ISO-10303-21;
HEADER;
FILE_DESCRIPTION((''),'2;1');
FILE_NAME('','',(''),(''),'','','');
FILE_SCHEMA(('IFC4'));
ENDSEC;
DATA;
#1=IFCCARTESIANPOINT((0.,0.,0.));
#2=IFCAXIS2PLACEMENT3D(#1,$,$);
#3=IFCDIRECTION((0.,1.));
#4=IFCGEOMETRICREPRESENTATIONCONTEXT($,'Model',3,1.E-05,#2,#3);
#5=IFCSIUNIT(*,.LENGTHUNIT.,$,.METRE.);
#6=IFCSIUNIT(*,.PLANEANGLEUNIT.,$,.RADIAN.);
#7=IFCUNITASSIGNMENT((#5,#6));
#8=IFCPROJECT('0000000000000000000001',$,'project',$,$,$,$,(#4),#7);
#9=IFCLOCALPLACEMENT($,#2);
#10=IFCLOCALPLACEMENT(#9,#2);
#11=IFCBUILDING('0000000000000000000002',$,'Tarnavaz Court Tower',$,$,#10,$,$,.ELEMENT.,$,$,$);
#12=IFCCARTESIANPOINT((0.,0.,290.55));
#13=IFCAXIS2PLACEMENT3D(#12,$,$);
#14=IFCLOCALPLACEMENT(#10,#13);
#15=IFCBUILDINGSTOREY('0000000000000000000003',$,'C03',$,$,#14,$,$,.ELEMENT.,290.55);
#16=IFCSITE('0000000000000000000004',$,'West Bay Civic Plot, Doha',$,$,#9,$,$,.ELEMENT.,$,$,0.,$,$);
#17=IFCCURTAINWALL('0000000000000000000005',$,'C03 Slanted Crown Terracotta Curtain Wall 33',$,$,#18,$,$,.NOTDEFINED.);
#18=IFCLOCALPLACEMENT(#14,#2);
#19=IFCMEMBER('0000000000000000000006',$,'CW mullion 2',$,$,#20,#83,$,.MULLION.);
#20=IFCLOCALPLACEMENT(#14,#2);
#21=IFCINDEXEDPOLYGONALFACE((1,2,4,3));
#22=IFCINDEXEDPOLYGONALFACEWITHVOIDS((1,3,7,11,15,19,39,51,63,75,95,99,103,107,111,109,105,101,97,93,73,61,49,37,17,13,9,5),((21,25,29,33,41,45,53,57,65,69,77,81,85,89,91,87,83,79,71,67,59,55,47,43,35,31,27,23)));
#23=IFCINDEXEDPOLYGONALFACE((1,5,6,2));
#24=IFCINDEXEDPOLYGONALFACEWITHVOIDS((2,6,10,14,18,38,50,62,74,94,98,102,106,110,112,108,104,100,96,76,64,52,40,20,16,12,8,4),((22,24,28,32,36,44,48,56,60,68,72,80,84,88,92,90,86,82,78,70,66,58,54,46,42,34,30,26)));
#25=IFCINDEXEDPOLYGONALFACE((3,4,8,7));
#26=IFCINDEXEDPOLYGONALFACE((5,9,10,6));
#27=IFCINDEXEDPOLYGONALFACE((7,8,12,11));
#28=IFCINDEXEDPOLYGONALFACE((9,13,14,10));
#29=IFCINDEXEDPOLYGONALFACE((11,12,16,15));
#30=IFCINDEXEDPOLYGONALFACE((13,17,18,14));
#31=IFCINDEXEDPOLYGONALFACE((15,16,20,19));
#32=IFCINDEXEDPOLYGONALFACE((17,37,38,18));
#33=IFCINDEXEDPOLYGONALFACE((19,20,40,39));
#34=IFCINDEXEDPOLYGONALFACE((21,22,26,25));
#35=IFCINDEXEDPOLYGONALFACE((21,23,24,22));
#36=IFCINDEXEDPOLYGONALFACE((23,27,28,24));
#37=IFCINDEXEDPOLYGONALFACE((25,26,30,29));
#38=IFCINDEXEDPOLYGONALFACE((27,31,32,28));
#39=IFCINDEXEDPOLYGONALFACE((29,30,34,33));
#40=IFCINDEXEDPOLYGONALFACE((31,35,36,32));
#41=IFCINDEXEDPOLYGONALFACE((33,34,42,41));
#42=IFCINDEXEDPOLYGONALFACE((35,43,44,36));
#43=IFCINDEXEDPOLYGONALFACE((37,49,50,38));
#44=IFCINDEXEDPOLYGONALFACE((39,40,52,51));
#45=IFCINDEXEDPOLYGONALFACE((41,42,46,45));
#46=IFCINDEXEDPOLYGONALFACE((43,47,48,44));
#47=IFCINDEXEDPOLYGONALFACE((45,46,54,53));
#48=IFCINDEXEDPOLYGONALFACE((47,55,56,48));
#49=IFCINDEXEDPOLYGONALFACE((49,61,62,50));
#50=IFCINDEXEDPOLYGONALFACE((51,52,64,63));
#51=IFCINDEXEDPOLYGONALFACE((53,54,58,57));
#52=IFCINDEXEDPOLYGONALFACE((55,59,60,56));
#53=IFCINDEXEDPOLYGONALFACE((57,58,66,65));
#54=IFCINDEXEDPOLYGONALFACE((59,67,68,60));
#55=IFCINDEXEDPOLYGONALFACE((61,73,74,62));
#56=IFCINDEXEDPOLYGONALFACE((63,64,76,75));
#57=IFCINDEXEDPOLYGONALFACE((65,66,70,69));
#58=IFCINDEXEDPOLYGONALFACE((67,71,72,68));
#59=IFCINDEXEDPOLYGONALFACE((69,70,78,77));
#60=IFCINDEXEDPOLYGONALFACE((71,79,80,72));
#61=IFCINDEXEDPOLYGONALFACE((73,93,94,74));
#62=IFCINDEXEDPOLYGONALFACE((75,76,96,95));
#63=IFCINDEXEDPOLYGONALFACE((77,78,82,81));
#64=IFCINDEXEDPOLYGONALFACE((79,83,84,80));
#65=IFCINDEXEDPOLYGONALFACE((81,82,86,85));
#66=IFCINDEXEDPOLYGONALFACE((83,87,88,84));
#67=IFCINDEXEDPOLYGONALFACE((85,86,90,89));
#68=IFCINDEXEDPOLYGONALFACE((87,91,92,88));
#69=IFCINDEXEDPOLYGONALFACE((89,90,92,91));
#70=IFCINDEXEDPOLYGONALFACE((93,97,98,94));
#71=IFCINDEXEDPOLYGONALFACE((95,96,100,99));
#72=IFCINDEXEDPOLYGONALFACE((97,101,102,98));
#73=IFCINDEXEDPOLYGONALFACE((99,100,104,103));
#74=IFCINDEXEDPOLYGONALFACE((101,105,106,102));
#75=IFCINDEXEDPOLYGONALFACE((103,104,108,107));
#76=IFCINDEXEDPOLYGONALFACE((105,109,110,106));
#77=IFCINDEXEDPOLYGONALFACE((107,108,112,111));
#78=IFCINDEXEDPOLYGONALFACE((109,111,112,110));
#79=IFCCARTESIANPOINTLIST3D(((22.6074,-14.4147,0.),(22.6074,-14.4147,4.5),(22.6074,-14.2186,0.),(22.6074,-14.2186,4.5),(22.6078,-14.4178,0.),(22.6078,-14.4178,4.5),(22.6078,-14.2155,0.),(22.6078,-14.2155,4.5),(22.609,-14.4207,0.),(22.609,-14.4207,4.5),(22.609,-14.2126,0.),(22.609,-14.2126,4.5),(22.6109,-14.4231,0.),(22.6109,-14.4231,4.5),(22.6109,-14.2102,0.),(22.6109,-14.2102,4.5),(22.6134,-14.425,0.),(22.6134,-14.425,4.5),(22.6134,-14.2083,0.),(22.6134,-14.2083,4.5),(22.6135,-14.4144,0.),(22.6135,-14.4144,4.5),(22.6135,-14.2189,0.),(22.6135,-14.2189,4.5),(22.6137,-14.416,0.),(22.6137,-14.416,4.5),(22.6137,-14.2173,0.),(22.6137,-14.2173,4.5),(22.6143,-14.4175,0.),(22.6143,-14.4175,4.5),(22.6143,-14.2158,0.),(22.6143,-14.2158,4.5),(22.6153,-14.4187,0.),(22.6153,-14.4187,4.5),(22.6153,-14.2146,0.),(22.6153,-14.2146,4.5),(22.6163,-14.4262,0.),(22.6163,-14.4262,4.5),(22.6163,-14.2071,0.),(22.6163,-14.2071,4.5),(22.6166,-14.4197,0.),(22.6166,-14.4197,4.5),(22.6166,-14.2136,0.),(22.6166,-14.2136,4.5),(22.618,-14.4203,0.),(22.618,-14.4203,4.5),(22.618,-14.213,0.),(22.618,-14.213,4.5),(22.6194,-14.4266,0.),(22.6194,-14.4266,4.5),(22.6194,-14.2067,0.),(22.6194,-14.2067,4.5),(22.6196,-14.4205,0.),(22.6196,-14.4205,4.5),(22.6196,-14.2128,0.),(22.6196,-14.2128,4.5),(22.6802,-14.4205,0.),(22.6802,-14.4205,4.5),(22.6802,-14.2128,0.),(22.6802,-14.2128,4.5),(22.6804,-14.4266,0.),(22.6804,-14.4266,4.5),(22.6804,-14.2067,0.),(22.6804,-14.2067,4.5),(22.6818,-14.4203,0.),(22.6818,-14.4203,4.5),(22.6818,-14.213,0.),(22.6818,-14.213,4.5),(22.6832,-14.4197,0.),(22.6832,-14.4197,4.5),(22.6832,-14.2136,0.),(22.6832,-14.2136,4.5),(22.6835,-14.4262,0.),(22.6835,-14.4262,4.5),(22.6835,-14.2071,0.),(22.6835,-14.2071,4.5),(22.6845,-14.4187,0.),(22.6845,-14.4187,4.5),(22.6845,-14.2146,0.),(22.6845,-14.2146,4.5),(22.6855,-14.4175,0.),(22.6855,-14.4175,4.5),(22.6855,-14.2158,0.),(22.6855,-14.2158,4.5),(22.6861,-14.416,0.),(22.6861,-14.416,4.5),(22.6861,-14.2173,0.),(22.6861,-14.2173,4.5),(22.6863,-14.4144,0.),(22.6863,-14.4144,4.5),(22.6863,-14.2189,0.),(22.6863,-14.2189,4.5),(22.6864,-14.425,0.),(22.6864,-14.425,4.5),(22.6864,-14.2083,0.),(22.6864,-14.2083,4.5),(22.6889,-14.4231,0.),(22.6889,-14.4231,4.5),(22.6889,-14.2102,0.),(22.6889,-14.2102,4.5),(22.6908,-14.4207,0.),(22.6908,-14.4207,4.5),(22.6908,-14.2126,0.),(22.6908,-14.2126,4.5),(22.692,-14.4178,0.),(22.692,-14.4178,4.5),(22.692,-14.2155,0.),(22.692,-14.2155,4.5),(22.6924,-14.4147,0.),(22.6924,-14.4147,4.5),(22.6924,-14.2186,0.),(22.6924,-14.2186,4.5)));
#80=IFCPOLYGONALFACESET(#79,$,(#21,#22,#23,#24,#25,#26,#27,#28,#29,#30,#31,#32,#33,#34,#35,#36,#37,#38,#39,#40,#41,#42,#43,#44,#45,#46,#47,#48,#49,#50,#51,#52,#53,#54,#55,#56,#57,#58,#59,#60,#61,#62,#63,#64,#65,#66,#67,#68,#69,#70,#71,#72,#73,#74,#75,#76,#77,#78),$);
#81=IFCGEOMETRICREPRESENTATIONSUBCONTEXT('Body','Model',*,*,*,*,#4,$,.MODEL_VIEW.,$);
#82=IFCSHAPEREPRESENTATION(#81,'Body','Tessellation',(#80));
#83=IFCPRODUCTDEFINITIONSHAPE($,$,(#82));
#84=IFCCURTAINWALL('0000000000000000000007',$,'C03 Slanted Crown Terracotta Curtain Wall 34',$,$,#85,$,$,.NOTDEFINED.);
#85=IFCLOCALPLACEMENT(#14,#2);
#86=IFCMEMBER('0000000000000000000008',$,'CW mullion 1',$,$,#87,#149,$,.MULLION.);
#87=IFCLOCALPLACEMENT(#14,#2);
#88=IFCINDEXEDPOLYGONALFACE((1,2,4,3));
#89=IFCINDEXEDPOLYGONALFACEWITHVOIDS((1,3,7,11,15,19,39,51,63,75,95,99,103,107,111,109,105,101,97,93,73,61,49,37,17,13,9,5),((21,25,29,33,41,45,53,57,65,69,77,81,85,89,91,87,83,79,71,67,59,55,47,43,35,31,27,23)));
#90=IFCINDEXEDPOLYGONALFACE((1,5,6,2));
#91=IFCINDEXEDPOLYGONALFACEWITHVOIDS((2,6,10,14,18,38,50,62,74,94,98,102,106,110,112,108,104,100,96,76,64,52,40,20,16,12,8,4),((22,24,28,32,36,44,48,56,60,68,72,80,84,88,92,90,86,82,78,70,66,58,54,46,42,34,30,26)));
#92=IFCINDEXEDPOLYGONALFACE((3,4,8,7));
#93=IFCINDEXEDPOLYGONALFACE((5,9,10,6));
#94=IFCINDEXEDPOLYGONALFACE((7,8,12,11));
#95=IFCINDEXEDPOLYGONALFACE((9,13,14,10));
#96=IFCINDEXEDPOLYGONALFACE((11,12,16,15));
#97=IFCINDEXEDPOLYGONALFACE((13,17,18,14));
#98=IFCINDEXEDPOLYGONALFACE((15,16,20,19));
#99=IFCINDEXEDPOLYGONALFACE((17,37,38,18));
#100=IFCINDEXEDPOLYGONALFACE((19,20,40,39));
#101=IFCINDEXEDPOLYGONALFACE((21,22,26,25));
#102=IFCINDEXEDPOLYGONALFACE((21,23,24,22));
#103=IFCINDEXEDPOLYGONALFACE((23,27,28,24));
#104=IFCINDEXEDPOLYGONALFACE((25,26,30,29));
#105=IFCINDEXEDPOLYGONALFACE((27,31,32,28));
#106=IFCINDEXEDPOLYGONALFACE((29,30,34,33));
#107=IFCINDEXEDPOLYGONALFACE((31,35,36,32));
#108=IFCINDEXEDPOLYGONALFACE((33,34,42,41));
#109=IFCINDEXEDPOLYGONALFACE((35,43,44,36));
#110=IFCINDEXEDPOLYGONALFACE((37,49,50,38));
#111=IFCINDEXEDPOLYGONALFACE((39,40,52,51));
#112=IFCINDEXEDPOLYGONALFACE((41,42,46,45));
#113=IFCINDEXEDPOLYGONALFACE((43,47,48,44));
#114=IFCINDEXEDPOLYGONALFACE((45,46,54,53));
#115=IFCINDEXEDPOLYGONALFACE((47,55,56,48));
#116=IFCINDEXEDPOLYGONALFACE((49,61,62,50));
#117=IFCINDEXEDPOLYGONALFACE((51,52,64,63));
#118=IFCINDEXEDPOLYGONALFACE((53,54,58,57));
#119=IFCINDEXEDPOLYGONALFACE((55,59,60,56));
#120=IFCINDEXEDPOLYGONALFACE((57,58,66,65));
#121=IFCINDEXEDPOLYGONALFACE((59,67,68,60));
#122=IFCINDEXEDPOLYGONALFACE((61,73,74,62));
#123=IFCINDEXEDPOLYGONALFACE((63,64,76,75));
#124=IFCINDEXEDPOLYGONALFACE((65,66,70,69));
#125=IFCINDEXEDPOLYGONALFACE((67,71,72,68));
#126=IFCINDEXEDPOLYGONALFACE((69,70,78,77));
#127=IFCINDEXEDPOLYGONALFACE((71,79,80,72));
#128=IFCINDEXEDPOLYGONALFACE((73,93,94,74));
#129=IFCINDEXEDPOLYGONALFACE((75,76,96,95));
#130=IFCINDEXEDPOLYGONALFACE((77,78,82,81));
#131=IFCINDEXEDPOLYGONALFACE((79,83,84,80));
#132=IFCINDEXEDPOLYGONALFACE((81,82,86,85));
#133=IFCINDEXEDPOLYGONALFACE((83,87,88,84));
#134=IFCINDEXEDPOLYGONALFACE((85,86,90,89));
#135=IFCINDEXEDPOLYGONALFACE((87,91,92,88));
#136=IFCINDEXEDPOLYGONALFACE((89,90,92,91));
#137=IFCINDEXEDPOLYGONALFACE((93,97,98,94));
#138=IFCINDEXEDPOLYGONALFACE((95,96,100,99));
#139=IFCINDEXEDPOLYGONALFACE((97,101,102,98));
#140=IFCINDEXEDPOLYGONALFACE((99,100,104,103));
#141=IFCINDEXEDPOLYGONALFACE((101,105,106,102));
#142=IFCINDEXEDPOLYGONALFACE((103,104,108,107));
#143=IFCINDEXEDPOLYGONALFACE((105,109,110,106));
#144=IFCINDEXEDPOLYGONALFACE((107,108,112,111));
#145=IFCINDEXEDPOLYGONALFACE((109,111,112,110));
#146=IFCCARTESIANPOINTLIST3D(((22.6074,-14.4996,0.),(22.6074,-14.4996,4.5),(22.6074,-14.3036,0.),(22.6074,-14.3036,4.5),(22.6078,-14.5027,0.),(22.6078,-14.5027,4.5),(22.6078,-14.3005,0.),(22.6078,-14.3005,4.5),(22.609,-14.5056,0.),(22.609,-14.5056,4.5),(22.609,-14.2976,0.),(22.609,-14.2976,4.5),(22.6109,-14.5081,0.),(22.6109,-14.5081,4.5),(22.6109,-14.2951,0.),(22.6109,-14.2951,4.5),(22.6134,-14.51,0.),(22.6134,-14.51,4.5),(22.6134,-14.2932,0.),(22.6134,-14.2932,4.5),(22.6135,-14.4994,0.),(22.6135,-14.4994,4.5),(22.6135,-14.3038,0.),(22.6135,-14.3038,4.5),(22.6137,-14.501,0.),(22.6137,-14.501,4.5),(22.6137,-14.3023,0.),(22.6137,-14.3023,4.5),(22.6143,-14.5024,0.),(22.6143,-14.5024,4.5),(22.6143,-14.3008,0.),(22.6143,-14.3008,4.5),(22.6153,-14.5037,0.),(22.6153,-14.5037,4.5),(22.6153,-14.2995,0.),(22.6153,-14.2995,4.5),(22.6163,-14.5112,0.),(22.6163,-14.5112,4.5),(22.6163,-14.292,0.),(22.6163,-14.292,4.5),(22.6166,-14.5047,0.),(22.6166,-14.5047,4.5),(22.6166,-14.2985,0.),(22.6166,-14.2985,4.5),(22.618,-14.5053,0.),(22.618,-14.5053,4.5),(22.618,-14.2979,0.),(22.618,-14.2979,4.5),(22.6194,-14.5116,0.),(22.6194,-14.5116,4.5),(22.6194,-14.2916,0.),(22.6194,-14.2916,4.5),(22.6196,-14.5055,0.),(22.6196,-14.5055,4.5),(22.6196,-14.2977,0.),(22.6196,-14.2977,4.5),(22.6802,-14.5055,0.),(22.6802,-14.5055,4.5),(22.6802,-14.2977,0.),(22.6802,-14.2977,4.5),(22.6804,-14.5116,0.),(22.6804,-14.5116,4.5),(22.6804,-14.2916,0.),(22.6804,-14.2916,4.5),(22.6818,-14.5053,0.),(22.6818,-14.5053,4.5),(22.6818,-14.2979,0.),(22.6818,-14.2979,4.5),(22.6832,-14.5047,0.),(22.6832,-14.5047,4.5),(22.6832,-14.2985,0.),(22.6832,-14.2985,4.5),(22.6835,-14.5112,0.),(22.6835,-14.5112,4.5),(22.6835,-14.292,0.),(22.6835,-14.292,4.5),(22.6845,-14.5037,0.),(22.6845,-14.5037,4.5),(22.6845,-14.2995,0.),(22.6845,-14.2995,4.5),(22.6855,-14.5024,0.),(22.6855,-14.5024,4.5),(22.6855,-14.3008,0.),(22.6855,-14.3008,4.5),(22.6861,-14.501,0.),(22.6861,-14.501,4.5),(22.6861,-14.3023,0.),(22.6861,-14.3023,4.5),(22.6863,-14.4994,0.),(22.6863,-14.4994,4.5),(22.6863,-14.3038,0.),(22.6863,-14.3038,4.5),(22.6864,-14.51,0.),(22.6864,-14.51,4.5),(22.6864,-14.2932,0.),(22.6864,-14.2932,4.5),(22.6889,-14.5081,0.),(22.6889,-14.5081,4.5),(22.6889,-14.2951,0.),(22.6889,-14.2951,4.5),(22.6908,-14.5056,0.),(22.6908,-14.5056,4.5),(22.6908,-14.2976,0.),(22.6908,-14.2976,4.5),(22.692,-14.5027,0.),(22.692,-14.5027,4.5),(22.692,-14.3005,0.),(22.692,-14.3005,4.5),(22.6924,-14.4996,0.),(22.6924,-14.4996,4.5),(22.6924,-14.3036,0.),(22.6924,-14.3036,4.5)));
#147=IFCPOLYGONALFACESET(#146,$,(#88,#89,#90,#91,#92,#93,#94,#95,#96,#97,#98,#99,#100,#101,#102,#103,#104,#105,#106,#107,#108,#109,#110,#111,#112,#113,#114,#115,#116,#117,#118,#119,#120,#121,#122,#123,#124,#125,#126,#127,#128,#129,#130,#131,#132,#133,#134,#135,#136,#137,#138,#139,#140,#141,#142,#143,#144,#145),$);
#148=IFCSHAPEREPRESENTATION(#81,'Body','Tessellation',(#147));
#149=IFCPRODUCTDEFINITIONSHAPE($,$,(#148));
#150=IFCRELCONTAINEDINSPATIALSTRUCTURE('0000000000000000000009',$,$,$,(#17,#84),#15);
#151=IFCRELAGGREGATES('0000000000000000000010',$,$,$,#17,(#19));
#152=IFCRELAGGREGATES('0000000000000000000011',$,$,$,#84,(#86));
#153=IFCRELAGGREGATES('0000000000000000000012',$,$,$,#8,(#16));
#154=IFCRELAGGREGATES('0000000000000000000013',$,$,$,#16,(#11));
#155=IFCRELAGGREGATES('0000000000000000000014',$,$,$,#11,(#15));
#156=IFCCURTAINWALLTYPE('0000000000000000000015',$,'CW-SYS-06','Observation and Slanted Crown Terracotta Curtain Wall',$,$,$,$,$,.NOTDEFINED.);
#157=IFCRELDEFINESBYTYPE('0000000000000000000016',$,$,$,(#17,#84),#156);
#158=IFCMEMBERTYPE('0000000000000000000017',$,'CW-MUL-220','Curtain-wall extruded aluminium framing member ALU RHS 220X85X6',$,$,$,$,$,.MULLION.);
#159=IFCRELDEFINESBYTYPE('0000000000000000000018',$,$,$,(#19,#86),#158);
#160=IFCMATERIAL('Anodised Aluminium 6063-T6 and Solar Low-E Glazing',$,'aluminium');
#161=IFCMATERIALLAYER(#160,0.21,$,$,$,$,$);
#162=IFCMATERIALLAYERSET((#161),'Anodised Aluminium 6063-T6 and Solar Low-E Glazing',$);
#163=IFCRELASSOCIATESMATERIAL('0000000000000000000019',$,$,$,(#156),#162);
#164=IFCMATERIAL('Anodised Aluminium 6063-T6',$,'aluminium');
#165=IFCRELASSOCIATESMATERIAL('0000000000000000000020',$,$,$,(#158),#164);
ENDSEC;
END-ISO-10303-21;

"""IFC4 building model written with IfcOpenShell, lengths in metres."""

from ifc_helpers import new_model, si_unit, direction, frame, origin, origin_2d, place, context, subcontext, project, spatial, hollow_rectangle, extrude, material, layer, layer_set, material_profile, profile_set, type_object, element, aggregate, save


model = new_model("IFC4")

# Units and contexts
model_context = context("Model", 3, precision=1e-05, world=origin(), true_north=direction((0.0, 1.0)))
body_context = subcontext(model_context, "Body", "Model", "MODEL_VIEW")
ifc_project = project(units=[si_unit("LENGTHUNIT", "METRE"), si_unit("PLANEANGLEUNIT", "RADIAN")], contexts=[model_context])

# Site, building, storey
site_placement = place(None, origin())
site = spatial("IfcSite", under=ifc_project, at=site_placement, Name="West Bay Civic Plot, Doha", CompositionType="ELEMENT", RefElevation=0.0)
building_placement = place(site_placement, origin())
building = spatial("IfcBuilding", under=site, at=building_placement, Name="Tarnavaz Court Tower", CompositionType="ELEMENT")
storey_placement = place(building_placement, frame((0.0, 0.0, 290.55)))
storey = spatial("IfcBuildingStorey", under=building, at=storey_placement, Name="C03", CompositionType="ELEMENT", Elevation=290.55)

# Shared definitions
ifc_material_1 = material(Name="Anodised Aluminium 6063-T6 and Solar Low-E Glazing", Category="aluminium")
ifc_layer_1 = layer(ifc_material_1, 0.21)
ifc_layer_set_1 = layer_set([ifc_layer_1], Name="Anodised Aluminium 6063-T6 and Solar Low-E Glazing")
curtain_wall_type = type_object("IfcCurtainWallType", Name="CW-SYS-06", Description="Observation and Slanted Crown Terracotta Curtain Wall", PredefinedType="NOTDEFINED", material=ifc_layer_set_1)
ifc_material_2 = material(Name="Anodised Aluminium 6063-T6", Category="aluminium")
ifc_material_profile_1 = material_profile(ifc_material_2, hollow_rectangle(XDim=0.085, YDim=0.22, WallThickness=0.0061, InnerFilletRadius=0.0061, OuterFilletRadius=0.012, at=origin_2d()), Name="ALU RHS 220X85X6")
ifc_profile_set_1 = profile_set([ifc_material_profile_1], Name="Anodised Aluminium 6063-T6")
member_type_1 = type_object("IfcMemberType", Name="CW-MUL-220", Description="Curtain-wall extruded aluminium framing member ALU RHS 220X85X6", PredefinedType="MULLION", material=ifc_profile_set_1)

# Curtain walls, members
curtain_wall_1_placement = place(storey_placement, origin())
curtain_wall_1 = element("IfcCurtainWall", 1, at=curtain_wall_1_placement, inside=storey, type_object=curtain_wall_type, Name="C03 Slanted Crown Terracotta Curtain Wall 33", PredefinedType="NOTDEFINED")
member_1_placement = place(storey_placement, frame((22.6499, -14.3167, 0.0), z_axis=(0.0, 0.0, 1.0), x_axis=(1.0, 0.0, 0.0)))
member_1 = element("IfcMember", 2, at=member_1_placement, type_object=member_type_1, Name="CW mullion 2", PredefinedType="MULLION", context=body_context, shape_type="SweptSolid", body=[
    extrude(hollow_rectangle(XDim=0.085, YDim=0.22, WallThickness=0.0061, InnerFilletRadius=0.0061, OuterFilletRadius=0.012, at=origin_2d()), origin(), (0.0, 0.0, 1.0), 4.5),
])
curtain_wall_2_placement = place(storey_placement, origin())
curtain_wall_2 = element("IfcCurtainWall", 3, at=curtain_wall_2_placement, inside=storey, type_object=curtain_wall_type, Name="C03 Slanted Crown Terracotta Curtain Wall 34", PredefinedType="NOTDEFINED")
member_2_placement = place(storey_placement, frame((22.6499, -14.4016, 0.0), z_axis=(0.0, 0.0, 1.0), x_axis=(1.0, 0.0, 0.0)))
member_2 = element("IfcMember", 4, at=member_2_placement, type_object=member_type_1, Name="CW mullion 1", PredefinedType="MULLION", context=body_context, shape_type="SweptSolid", body=[
    extrude(hollow_rectangle(XDim=0.085, YDim=0.22, WallThickness=0.0061, InnerFilletRadius=0.0061, OuterFilletRadius=0.012, at=origin_2d()), origin(), (0.0, 0.0, 1.0), 4.5),
])

aggregate(curtain_wall_1, [member_1])
aggregate(curtain_wall_2, [member_2])

save(model, "model.ifc")
